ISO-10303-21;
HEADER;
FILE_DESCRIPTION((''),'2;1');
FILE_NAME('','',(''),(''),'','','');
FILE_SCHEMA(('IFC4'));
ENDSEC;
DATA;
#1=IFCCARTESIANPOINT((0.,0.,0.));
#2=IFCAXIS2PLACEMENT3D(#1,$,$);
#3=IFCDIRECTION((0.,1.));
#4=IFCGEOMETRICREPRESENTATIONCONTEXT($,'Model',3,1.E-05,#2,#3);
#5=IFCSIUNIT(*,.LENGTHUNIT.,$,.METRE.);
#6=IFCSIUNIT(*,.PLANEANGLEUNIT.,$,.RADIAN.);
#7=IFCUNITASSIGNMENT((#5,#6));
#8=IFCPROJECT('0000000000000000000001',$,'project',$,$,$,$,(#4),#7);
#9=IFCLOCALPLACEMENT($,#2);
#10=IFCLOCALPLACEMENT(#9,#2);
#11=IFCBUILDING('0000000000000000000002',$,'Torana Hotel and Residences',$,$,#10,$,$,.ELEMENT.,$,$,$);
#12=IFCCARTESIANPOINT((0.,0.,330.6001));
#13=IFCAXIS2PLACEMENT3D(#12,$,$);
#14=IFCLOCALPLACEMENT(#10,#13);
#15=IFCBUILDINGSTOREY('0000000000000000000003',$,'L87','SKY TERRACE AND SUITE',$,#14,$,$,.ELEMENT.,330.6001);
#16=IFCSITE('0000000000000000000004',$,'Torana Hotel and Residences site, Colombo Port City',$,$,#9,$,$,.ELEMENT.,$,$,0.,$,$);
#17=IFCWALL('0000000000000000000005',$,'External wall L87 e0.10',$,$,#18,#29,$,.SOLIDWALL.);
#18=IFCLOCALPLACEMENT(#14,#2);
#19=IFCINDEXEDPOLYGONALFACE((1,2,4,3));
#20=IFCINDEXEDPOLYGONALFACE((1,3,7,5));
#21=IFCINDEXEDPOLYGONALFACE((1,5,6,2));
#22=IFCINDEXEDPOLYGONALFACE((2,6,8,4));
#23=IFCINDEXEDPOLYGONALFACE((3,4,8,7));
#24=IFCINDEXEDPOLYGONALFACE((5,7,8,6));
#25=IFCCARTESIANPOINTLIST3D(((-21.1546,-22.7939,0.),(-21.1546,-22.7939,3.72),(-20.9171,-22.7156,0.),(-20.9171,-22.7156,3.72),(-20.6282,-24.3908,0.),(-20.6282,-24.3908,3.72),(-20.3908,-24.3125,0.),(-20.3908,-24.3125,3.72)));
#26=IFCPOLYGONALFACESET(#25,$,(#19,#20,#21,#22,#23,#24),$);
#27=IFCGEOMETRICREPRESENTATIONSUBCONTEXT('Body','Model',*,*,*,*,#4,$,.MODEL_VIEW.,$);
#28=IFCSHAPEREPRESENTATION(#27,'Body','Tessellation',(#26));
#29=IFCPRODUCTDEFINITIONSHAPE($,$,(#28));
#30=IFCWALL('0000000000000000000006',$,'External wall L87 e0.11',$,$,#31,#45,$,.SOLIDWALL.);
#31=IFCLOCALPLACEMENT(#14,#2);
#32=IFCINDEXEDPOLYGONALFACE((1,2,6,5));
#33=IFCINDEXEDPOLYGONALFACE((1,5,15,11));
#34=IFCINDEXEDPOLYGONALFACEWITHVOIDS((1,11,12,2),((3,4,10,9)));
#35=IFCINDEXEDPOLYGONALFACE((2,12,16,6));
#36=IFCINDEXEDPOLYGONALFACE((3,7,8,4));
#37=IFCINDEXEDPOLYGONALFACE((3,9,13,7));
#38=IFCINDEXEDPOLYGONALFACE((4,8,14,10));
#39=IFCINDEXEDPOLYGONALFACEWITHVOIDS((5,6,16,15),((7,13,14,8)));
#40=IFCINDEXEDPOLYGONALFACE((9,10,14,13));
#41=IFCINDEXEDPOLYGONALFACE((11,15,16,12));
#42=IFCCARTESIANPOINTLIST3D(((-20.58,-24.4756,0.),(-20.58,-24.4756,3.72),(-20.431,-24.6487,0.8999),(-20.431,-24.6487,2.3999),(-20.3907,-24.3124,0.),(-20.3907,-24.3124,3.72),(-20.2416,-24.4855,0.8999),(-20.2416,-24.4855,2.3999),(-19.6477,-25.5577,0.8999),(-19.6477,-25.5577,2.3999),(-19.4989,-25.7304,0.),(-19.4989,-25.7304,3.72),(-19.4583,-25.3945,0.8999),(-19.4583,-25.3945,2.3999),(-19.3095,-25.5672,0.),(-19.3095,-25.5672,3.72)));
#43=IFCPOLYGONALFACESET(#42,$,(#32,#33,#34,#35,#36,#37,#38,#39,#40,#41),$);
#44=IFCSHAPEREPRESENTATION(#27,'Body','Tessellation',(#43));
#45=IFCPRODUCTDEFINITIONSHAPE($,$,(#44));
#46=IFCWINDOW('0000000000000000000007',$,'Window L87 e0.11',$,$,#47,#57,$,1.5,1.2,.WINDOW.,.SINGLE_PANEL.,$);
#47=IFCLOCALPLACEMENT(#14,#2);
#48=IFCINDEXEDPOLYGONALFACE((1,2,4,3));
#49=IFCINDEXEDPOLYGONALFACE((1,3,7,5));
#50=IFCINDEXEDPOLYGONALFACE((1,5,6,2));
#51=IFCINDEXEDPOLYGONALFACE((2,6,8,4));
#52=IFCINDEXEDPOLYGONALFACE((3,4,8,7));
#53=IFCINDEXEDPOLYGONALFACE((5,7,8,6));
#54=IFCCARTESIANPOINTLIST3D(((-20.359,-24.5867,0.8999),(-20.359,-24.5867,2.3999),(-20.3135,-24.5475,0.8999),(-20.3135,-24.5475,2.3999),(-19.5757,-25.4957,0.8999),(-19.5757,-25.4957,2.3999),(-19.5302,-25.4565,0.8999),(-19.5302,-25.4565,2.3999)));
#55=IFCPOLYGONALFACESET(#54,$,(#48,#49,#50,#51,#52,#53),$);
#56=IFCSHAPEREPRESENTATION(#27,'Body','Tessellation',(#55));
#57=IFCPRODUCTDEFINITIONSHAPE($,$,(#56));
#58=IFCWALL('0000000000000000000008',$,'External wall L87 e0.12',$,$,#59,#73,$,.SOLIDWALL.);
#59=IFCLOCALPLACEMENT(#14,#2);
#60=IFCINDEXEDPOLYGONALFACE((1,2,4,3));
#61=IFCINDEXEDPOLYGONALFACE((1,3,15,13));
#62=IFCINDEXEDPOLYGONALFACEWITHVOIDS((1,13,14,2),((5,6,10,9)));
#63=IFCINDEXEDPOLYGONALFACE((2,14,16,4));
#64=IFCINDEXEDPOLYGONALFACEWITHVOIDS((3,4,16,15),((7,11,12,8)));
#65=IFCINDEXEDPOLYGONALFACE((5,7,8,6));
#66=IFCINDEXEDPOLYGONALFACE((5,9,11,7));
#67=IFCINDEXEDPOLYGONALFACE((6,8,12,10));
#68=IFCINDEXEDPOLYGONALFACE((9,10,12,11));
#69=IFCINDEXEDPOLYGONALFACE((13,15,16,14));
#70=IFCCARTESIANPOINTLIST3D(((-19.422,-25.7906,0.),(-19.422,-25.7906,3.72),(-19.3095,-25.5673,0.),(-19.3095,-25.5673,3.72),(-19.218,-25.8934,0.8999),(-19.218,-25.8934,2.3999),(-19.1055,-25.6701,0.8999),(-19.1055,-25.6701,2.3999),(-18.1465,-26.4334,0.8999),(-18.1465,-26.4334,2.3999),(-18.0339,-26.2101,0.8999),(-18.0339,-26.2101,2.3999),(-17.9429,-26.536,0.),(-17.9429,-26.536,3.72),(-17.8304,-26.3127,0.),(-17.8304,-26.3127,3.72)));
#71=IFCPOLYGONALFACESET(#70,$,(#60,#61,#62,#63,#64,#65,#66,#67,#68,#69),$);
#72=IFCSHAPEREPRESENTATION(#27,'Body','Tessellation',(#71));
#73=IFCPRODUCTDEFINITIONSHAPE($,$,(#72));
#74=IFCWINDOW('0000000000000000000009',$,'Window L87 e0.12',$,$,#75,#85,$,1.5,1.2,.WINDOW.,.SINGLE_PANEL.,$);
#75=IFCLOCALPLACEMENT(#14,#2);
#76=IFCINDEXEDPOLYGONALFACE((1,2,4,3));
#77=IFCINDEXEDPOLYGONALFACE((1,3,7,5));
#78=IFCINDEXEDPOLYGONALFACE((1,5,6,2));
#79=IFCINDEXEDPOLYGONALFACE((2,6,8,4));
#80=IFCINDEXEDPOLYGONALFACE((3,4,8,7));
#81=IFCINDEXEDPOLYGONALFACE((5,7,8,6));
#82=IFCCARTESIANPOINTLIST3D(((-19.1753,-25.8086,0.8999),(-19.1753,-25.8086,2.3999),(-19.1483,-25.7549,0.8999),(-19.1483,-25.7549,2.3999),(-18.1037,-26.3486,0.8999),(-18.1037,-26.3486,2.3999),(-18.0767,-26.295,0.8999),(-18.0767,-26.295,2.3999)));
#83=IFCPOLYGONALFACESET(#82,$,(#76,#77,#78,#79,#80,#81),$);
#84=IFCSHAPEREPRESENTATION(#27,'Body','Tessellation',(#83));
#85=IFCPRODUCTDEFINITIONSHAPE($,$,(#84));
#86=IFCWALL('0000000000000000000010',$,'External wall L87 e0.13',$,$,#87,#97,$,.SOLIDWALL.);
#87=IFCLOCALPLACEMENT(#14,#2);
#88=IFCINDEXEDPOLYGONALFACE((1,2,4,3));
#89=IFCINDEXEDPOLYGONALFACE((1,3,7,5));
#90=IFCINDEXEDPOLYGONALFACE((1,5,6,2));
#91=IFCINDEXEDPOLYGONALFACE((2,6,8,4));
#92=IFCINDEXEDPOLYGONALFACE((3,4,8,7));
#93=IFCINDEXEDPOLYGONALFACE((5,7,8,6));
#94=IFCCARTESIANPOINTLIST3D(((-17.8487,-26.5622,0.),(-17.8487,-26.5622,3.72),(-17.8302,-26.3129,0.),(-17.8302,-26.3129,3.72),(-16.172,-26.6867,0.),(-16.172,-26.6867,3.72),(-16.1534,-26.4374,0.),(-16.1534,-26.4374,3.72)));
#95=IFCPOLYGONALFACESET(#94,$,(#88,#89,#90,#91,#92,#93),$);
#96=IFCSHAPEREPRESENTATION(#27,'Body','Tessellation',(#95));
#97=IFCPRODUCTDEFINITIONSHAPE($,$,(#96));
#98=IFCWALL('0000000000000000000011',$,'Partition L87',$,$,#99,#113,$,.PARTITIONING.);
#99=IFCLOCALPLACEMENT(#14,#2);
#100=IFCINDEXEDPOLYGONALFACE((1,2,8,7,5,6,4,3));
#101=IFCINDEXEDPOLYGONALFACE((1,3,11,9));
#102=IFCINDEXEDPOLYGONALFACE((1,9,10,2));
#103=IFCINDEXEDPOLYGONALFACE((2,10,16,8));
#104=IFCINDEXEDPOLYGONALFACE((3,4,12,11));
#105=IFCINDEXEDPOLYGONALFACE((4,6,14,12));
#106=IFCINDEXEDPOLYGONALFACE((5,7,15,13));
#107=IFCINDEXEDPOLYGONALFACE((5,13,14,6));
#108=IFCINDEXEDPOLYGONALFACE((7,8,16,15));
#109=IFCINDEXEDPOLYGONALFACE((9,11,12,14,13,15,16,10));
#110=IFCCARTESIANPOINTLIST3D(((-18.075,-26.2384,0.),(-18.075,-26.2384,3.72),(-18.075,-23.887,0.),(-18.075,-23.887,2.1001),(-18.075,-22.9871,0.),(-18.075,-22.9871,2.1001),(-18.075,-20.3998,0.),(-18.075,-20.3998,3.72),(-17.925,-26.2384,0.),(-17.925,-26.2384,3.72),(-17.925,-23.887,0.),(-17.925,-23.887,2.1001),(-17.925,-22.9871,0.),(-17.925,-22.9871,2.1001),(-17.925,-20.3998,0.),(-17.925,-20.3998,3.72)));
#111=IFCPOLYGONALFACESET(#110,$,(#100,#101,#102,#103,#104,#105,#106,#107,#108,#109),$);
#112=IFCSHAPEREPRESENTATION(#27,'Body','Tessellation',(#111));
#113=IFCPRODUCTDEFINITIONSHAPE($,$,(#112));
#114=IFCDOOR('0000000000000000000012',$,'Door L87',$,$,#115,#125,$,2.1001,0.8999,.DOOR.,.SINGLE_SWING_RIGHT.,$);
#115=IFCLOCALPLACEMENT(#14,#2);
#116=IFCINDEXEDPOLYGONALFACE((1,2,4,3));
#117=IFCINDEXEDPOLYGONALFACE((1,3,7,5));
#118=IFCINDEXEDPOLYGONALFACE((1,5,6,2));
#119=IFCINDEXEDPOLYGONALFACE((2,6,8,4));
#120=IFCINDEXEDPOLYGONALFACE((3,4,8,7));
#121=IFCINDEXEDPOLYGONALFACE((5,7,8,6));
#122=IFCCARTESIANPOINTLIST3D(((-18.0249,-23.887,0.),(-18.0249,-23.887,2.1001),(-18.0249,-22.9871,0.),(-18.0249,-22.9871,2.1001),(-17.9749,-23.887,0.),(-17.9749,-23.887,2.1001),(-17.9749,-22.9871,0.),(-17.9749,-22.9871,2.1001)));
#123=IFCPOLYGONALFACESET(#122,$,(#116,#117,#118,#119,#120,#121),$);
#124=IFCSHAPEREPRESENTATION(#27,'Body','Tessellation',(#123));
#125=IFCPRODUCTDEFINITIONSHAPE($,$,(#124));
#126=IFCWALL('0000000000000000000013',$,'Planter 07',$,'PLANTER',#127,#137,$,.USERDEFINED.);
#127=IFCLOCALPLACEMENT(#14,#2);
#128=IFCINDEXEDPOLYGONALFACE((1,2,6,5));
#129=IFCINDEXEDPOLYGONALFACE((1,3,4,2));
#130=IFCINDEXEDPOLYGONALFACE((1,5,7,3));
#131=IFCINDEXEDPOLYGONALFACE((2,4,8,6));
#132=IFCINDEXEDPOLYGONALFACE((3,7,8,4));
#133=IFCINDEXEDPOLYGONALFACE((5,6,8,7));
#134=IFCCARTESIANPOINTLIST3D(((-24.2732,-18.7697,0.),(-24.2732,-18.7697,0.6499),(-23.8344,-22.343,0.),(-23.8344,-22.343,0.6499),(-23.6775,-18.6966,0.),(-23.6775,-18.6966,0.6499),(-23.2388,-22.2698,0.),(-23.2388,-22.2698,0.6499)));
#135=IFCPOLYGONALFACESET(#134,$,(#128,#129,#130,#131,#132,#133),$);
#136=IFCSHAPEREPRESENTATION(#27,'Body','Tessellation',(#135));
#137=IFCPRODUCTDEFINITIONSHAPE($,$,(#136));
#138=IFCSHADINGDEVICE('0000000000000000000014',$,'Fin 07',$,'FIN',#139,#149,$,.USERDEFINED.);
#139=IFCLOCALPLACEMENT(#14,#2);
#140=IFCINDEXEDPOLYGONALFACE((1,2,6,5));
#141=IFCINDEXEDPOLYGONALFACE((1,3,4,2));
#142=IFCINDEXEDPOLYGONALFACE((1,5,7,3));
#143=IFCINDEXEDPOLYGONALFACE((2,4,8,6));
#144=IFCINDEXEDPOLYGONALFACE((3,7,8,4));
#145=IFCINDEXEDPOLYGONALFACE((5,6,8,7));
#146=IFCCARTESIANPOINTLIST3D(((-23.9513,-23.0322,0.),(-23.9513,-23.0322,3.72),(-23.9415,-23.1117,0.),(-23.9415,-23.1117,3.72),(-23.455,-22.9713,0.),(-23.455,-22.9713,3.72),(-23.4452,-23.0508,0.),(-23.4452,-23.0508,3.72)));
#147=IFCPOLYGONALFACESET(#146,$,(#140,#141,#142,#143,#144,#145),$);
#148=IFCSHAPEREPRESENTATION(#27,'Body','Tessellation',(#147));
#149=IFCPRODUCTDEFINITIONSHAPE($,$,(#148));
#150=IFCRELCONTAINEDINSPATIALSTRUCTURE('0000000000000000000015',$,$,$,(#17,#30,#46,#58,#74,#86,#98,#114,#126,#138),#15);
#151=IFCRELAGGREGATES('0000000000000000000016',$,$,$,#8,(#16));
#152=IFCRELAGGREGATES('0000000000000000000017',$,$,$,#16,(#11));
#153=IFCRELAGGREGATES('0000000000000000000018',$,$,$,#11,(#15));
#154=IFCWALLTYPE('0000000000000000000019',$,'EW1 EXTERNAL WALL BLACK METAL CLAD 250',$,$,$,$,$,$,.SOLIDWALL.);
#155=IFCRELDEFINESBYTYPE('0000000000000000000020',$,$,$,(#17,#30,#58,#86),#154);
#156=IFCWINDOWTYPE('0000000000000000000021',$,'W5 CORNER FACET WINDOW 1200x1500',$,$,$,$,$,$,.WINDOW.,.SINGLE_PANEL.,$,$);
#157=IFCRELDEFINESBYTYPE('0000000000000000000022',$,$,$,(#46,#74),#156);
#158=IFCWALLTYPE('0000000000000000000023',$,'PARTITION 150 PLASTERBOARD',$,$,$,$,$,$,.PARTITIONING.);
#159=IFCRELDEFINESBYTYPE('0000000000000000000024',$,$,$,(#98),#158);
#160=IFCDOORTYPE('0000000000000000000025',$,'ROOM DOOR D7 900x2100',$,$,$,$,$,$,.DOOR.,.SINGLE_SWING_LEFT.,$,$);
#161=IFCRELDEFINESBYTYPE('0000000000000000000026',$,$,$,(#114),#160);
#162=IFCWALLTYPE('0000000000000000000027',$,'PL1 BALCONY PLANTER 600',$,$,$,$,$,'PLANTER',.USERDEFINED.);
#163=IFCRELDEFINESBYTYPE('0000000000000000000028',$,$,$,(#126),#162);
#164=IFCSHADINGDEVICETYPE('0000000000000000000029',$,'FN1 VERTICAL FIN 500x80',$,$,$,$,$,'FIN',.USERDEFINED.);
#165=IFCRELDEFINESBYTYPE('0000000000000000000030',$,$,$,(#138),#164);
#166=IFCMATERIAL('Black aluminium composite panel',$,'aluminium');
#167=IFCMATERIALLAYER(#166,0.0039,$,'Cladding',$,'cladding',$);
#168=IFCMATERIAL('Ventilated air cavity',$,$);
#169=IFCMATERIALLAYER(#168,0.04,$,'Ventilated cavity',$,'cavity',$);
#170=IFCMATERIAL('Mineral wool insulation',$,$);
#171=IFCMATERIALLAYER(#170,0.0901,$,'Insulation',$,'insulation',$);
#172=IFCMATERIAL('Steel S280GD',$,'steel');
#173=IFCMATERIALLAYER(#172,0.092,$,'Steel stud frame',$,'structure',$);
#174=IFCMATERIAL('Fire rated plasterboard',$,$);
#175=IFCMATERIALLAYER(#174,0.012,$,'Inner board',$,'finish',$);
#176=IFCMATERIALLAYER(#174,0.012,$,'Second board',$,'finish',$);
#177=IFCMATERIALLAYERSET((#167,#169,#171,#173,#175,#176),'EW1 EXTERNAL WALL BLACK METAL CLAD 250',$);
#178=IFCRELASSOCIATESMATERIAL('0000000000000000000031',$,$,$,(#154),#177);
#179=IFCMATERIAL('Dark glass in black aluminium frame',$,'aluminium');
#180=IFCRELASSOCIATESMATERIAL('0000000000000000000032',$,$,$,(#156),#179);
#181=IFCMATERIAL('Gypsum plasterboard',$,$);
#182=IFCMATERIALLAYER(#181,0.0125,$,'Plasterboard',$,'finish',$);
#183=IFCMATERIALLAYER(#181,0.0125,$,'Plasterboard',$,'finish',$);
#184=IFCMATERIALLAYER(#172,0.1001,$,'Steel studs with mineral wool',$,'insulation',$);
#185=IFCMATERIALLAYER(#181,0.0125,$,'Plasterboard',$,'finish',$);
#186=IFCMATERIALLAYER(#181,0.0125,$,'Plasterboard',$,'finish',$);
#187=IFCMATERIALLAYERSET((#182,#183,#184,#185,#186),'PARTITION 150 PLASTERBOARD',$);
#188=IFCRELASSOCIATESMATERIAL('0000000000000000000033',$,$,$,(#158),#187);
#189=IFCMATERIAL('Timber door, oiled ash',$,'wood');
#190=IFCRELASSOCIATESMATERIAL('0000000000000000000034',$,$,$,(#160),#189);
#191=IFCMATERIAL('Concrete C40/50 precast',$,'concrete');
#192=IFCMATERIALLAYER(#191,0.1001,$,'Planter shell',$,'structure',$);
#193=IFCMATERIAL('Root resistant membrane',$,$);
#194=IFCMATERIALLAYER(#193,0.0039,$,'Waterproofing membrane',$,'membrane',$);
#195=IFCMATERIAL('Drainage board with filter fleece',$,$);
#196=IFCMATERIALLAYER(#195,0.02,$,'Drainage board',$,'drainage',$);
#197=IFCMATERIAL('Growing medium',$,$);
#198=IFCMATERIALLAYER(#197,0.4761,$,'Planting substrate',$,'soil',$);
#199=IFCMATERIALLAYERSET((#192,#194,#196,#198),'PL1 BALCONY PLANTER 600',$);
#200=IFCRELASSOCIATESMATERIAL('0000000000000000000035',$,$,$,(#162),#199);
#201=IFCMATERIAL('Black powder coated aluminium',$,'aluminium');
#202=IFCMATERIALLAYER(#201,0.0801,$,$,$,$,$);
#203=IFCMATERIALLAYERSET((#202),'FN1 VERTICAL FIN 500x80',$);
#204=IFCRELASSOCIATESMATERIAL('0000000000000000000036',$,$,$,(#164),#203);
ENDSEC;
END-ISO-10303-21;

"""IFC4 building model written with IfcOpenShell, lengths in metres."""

from ifc_helpers import new_model, si_unit, direction, frame, frame_2d, origin, origin_2d, place, context, subcontext, project, spatial, rectangle, extrude, material, layer, layer_set, type_object, element, fill, save


model = new_model("IFC4")

# Units and contexts
model_context = context("Model", 3, precision=1e-05, world=origin(), true_north=direction((0.0, 1.0)))
body_context = subcontext(model_context, "Body", "Model", "MODEL_VIEW")
ifc_project = project(units=[si_unit("LENGTHUNIT", "METRE"), si_unit("PLANEANGLEUNIT", "RADIAN")], contexts=[model_context])

# Site, building, storey
site_placement = place(None, origin())
site = spatial("IfcSite", under=ifc_project, at=site_placement, Name="Torana Hotel and Residences site, Colombo Port City", CompositionType="ELEMENT", RefElevation=0.0)
building_placement = place(site_placement, origin())
building = spatial("IfcBuilding", under=site, at=building_placement, Name="Torana Hotel and Residences", CompositionType="ELEMENT")
storey_placement = place(building_placement, frame((0.0, 0.0, 330.6001)))
storey = spatial("IfcBuildingStorey", under=building, at=storey_placement, Name="L87", Description="SKY TERRACE AND SUITE", CompositionType="ELEMENT", Elevation=330.6001)

# Wall
ifc_material_1 = material(Name="Black aluminium composite panel", Category="aluminium")
ifc_layer_1 = layer(ifc_material_1, 0.0039, Name="Cladding", Category="cladding")
ifc_material_2 = material(Name="Ventilated air cavity")
ifc_layer_2 = layer(ifc_material_2, 0.04, Name="Ventilated cavity", Category="cavity")
ifc_material_3 = material(Name="Mineral wool insulation")
ifc_layer_3 = layer(ifc_material_3, 0.0901, Name="Insulation", Category="insulation")
ifc_material_4 = material(Name="Steel S280GD", Category="steel")
ifc_layer_4 = layer(ifc_material_4, 0.092, Name="Steel stud frame", Category="structure")
ifc_material_5 = material(Name="Fire rated plasterboard")
ifc_layer_5 = layer(ifc_material_5, 0.012, Name="Inner board", Category="finish")
ifc_layer_6 = layer(ifc_material_5, 0.012, Name="Second board", Category="finish")
ifc_layer_set_1 = layer_set([ifc_layer_1, ifc_layer_2, ifc_layer_3, ifc_layer_4, ifc_layer_5, ifc_layer_6], Name="EW1 EXTERNAL WALL BLACK METAL CLAD 250")
wall_type_1 = type_object("IfcWallType", Name="EW1 EXTERNAL WALL BLACK METAL CLAD 250", PredefinedType="SOLIDWALL", material=ifc_layer_set_1)
wall_1_placement = place(storey_placement, frame((-21.0359, -22.7546, 0.0), z_axis=(0.0, 0.0, 1.0), x_axis=(0.313046, -0.949738, 0.0)))
element("IfcWall", 1, at=wall_1_placement, inside=storey, type_object=wall_type_1, Name="External wall L87 e0.10", PredefinedType="SOLIDWALL", context=body_context, shape_type="SweptSolid", body=[
    extrude(rectangle(XDim=1.6814, YDim=0.25, at=frame_2d((0.8408, 0.0))), origin(), (0.0, 0.0, 1.0), 3.72),
])

# Walls, openings, windows
wall_2_placement = place(storey_placement, frame((-20.4854, -24.394, 0.0), z_axis=(0.0, 0.0, 1.0), x_axis=(0.652756, -0.757568, 0.0)))
wall_2 = element("IfcWall", 2, at=wall_2_placement, inside=storey, type_object=wall_type_1, Name="External wall L87 e0.11", PredefinedType="SOLIDWALL", context=body_context, shape_type="SweptSolid", body=[
    extrude(rectangle(XDim=1.6562, YDim=0.25, at=frame_2d((0.8281, 0.0))), origin(), (0.0, 0.0, 1.0), 3.72),
])
opening_1_placement = place(wall_2_placement, frame((0.2283, 0.0, 0.8999)))
opening_1 = element("IfcOpeningElement", 3, at=opening_1_placement, cuts=wall_2, PredefinedType="OPENING", context=body_context, shape_type="SweptSolid", body=[
    extrude(rectangle(XDim=1.2, YDim=1.5, at=frame_2d((0.6001, 0.75))), frame((0.0, 0.135, 0.0), z_axis=(0.0, -1.0, 0.0), x_axis=(1.0, 0.0, 0.0)), (0.0, 0.0, 1.0), 0.27),
])
ifc_material_6 = material(Name="Dark glass in black aluminium frame", Category="aluminium")
window_type_1 = type_object("IfcWindowType", Name="W5 CORNER FACET WINDOW 1200x1500", PartitioningType="SINGLE_PANEL", PredefinedType="WINDOW", material=ifc_material_6)
window_1_placement = place(opening_1_placement, origin())
window_1 = element("IfcWindow", 4, at=window_1_placement, inside=storey, type_object=window_type_1, Name="Window L87 e0.11", OverallHeight=1.5, OverallWidth=1.2, PartitioningType="SINGLE_PANEL", PredefinedType="WINDOW", context=body_context, shape_type="SweptSolid", body=[
    extrude(rectangle(XDim=1.2, YDim=1.5, at=frame_2d((0.6001, 0.75))), frame((0.0, 0.03, 0.0), z_axis=(0.0, -1.0, 0.0), x_axis=(1.0, 0.0, 0.0)), (0.0, 0.0, 1.0), 0.0601),
])
fill(opening_1, window_1)
wall_3_placement = place(storey_placement, frame((-19.3657, -25.679, 0.0), z_axis=(0.0, 0.0, 1.0), x_axis=(0.893008, -0.450042, 0.0)))
wall_3 = element("IfcWall", 5, at=wall_3_placement, inside=storey, type_object=wall_type_1, Name="External wall L87 e0.12", PredefinedType="SOLIDWALL", context=body_context, shape_type="SweptSolid", body=[
    extrude(rectangle(XDim=1.6562, YDim=0.25, at=frame_2d((0.8281, 0.0))), origin(), (0.0, 0.0, 1.0), 3.72),
])
opening_2_placement = place(wall_3_placement, frame((0.2283, 0.0, 0.8999)))
opening_2 = element("IfcOpeningElement", 6, at=opening_2_placement, cuts=wall_3, PredefinedType="OPENING", context=body_context, shape_type="SweptSolid", body=[
    extrude(rectangle(XDim=1.2, YDim=1.5, at=frame_2d((0.6001, 0.75))), frame((0.0, 0.135, 0.0), z_axis=(0.0, -1.0, 0.0), x_axis=(1.0, 0.0, 0.0)), (0.0, 0.0, 1.0), 0.27),
])
window_2_placement = place(opening_2_placement, origin())
window_2 = element("IfcWindow", 7, at=window_2_placement, inside=storey, type_object=window_type_1, Name="Window L87 e0.12", OverallHeight=1.5, OverallWidth=1.2, PartitioningType="SINGLE_PANEL", PredefinedType="WINDOW", context=body_context, shape_type="SweptSolid", body=[
    extrude(rectangle(XDim=1.2, YDim=1.5, at=frame_2d((0.6001, 0.75))), frame((0.0, 0.03, 0.0), z_axis=(0.0, -1.0, 0.0), x_axis=(1.0, 0.0, 0.0)), (0.0, 0.0, 1.0), 0.0601),
])
fill(opening_2, window_2)

# Wall
wall_4_placement = place(storey_placement, frame((-17.8396, -26.4375, 0.0), z_axis=(0.0, 0.0, 1.0), x_axis=(0.997254, -0.074054, 0.0)))
element("IfcWall", 8, at=wall_4_placement, inside=storey, type_object=wall_type_1, Name="External wall L87 e0.13", PredefinedType="SOLIDWALL", context=body_context, shape_type="SweptSolid", body=[
    extrude(rectangle(XDim=1.6814, YDim=0.25, at=frame_2d((0.8408, 0.0))), origin(), (0.0, 0.0, 1.0), 3.72),
])

# Wall, opening, door
ifc_material_7 = material(Name="Gypsum plasterboard")
ifc_layer_7 = layer(ifc_material_7, 0.0125, Name="Plasterboard", Category="finish")
ifc_layer_8 = layer(ifc_material_7, 0.0125, Name="Plasterboard", Category="finish")
ifc_layer_9 = layer(ifc_material_4, 0.1001, Name="Steel studs with mineral wool", Category="insulation")
ifc_layer_10 = layer(ifc_material_7, 0.0125, Name="Plasterboard", Category="finish")
ifc_layer_11 = layer(ifc_material_7, 0.0125, Name="Plasterboard", Category="finish")
ifc_layer_set_2 = layer_set([ifc_layer_7, ifc_layer_8, ifc_layer_9, ifc_layer_10, ifc_layer_11], Name="PARTITION 150 PLASTERBOARD")
wall_type_2 = type_object("IfcWallType", Name="PARTITION 150 PLASTERBOARD", PredefinedType="PARTITIONING", material=ifc_layer_set_2)
wall_5_placement = place(storey_placement, frame((-18.0, -26.2385, 0.0), z_axis=(0.0, 0.0, 1.0), x_axis=(0.0, 1.0, 0.0)))
wall_5 = element("IfcWall", 9, at=wall_5_placement, inside=storey, type_object=wall_type_2, Name="Partition L87", PredefinedType="PARTITIONING", context=body_context, shape_type="SweptSolid", body=[
    extrude(rectangle(XDim=5.8386, YDim=0.1499, at=frame_2d((2.9194, 0.0))), origin(), (0.0, 0.0, 1.0), 3.72),
])
opening_3_placement = place(wall_5_placement, frame((2.3516, 0.0, 0.0)))
opening_3 = element("IfcOpeningElement", 10, at=opening_3_placement, cuts=wall_5, PredefinedType="OPENING", context=body_context, shape_type="SweptSolid", body=[
    extrude(rectangle(XDim=0.8999, YDim=2.1001, at=frame_2d((0.45, 1.05))), frame((0.0, 0.085, 0.0), z_axis=(0.0, -1.0, 0.0), x_axis=(1.0, 0.0, 0.0)), (0.0, 0.0, 1.0), 0.1699),
])
ifc_material_8 = material(Name="Timber door, oiled ash", Category="wood")
door_type_1 = type_object("IfcDoorType", Name="ROOM DOOR D7 900x2100", OperationType="SINGLE_SWING_LEFT", PredefinedType="DOOR", material=ifc_material_8)
door_1_placement = place(opening_3_placement, origin())
door_1 = element("IfcDoor", 11, at=door_1_placement, inside=storey, type_object=door_type_1, Name="Door L87", OperationType="SINGLE_SWING_RIGHT", OverallHeight=2.1001, OverallWidth=0.8999, PredefinedType="DOOR", context=body_context, shape_type="SweptSolid", body=[
    extrude(rectangle(XDim=0.8999, YDim=2.1001, at=frame_2d((0.45, 1.05))), frame((0.0, 0.0249, 0.0), z_axis=(0.0, -1.0, 0.0), x_axis=(1.0, 0.0, 0.0)), (0.0, 0.0, 1.0), 0.05),
])
fill(opening_3, door_1)

# Wall
ifc_material_9 = material(Name="Concrete C40/50 precast", Category="concrete")
ifc_layer_12 = layer(ifc_material_9, 0.1001, Name="Planter shell", Category="structure")
ifc_material_10 = material(Name="Root resistant membrane")
ifc_layer_13 = layer(ifc_material_10, 0.0039, Name="Waterproofing membrane", Category="membrane")
ifc_material_11 = material(Name="Drainage board with filter fleece")
ifc_layer_14 = layer(ifc_material_11, 0.02, Name="Drainage board", Category="drainage")
ifc_material_12 = material(Name="Growing medium")
ifc_layer_15 = layer(ifc_material_12, 0.4761, Name="Planting substrate", Category="soil")
ifc_layer_set_3 = layer_set([ifc_layer_12, ifc_layer_13, ifc_layer_14, ifc_layer_15], Name="PL1 BALCONY PLANTER 600")
wall_type_3 = type_object("IfcWallType", Name="PL1 BALCONY PLANTER 600", ElementType="PLANTER", PredefinedType="USERDEFINED", material=ifc_layer_set_3)
wall_6_placement = place(storey_placement, frame((-23.5366, -22.3064, 0.0), z_axis=(0.0, 0.0, 1.0), x_axis=(-0.121864, 0.992547, 0.0)))
element("IfcWall", 12, at=wall_6_placement, inside=storey, type_object=wall_type_3, Name="Planter 07", ObjectType="PLANTER", PredefinedType="USERDEFINED", context=body_context, shape_type="SweptSolid", body=[
    extrude(rectangle(XDim=3.6001, YDim=0.6001, at=frame_2d((1.8, 0.0))), origin(), (0.0, 0.0, 1.0), 0.6499),
])

# Shading device
ifc_material_13 = material(Name="Black powder coated aluminium", Category="aluminium")
ifc_layer_16 = layer(ifc_material_13, 0.0801)
ifc_layer_set_4 = layer_set([ifc_layer_16], Name="FN1 VERTICAL FIN 500x80")
shading_device_type = type_object("IfcShadingDeviceType", Name="FN1 VERTICAL FIN 500x80", ElementType="FIN", PredefinedType="USERDEFINED", material=ifc_layer_set_4)
shading_device_placement = place(storey_placement, frame((-23.6982, -23.0415, 0.0), z_axis=(0.0, 0.0, 1.0), x_axis=(-0.121881, 0.992545, 0.0)))
element("IfcShadingDevice", 13, at=shading_device_placement, inside=storey, type_object=shading_device_type, Name="Fin 07", ObjectType="FIN", PredefinedType="USERDEFINED", context=body_context, shape_type="SweptSolid", body=[
    extrude(rectangle(XDim=0.0801, YDim=0.5, at=origin_2d()), origin(), (0.0, 0.0, 1.0), 3.72),
])

save(model, "model.ifc")
